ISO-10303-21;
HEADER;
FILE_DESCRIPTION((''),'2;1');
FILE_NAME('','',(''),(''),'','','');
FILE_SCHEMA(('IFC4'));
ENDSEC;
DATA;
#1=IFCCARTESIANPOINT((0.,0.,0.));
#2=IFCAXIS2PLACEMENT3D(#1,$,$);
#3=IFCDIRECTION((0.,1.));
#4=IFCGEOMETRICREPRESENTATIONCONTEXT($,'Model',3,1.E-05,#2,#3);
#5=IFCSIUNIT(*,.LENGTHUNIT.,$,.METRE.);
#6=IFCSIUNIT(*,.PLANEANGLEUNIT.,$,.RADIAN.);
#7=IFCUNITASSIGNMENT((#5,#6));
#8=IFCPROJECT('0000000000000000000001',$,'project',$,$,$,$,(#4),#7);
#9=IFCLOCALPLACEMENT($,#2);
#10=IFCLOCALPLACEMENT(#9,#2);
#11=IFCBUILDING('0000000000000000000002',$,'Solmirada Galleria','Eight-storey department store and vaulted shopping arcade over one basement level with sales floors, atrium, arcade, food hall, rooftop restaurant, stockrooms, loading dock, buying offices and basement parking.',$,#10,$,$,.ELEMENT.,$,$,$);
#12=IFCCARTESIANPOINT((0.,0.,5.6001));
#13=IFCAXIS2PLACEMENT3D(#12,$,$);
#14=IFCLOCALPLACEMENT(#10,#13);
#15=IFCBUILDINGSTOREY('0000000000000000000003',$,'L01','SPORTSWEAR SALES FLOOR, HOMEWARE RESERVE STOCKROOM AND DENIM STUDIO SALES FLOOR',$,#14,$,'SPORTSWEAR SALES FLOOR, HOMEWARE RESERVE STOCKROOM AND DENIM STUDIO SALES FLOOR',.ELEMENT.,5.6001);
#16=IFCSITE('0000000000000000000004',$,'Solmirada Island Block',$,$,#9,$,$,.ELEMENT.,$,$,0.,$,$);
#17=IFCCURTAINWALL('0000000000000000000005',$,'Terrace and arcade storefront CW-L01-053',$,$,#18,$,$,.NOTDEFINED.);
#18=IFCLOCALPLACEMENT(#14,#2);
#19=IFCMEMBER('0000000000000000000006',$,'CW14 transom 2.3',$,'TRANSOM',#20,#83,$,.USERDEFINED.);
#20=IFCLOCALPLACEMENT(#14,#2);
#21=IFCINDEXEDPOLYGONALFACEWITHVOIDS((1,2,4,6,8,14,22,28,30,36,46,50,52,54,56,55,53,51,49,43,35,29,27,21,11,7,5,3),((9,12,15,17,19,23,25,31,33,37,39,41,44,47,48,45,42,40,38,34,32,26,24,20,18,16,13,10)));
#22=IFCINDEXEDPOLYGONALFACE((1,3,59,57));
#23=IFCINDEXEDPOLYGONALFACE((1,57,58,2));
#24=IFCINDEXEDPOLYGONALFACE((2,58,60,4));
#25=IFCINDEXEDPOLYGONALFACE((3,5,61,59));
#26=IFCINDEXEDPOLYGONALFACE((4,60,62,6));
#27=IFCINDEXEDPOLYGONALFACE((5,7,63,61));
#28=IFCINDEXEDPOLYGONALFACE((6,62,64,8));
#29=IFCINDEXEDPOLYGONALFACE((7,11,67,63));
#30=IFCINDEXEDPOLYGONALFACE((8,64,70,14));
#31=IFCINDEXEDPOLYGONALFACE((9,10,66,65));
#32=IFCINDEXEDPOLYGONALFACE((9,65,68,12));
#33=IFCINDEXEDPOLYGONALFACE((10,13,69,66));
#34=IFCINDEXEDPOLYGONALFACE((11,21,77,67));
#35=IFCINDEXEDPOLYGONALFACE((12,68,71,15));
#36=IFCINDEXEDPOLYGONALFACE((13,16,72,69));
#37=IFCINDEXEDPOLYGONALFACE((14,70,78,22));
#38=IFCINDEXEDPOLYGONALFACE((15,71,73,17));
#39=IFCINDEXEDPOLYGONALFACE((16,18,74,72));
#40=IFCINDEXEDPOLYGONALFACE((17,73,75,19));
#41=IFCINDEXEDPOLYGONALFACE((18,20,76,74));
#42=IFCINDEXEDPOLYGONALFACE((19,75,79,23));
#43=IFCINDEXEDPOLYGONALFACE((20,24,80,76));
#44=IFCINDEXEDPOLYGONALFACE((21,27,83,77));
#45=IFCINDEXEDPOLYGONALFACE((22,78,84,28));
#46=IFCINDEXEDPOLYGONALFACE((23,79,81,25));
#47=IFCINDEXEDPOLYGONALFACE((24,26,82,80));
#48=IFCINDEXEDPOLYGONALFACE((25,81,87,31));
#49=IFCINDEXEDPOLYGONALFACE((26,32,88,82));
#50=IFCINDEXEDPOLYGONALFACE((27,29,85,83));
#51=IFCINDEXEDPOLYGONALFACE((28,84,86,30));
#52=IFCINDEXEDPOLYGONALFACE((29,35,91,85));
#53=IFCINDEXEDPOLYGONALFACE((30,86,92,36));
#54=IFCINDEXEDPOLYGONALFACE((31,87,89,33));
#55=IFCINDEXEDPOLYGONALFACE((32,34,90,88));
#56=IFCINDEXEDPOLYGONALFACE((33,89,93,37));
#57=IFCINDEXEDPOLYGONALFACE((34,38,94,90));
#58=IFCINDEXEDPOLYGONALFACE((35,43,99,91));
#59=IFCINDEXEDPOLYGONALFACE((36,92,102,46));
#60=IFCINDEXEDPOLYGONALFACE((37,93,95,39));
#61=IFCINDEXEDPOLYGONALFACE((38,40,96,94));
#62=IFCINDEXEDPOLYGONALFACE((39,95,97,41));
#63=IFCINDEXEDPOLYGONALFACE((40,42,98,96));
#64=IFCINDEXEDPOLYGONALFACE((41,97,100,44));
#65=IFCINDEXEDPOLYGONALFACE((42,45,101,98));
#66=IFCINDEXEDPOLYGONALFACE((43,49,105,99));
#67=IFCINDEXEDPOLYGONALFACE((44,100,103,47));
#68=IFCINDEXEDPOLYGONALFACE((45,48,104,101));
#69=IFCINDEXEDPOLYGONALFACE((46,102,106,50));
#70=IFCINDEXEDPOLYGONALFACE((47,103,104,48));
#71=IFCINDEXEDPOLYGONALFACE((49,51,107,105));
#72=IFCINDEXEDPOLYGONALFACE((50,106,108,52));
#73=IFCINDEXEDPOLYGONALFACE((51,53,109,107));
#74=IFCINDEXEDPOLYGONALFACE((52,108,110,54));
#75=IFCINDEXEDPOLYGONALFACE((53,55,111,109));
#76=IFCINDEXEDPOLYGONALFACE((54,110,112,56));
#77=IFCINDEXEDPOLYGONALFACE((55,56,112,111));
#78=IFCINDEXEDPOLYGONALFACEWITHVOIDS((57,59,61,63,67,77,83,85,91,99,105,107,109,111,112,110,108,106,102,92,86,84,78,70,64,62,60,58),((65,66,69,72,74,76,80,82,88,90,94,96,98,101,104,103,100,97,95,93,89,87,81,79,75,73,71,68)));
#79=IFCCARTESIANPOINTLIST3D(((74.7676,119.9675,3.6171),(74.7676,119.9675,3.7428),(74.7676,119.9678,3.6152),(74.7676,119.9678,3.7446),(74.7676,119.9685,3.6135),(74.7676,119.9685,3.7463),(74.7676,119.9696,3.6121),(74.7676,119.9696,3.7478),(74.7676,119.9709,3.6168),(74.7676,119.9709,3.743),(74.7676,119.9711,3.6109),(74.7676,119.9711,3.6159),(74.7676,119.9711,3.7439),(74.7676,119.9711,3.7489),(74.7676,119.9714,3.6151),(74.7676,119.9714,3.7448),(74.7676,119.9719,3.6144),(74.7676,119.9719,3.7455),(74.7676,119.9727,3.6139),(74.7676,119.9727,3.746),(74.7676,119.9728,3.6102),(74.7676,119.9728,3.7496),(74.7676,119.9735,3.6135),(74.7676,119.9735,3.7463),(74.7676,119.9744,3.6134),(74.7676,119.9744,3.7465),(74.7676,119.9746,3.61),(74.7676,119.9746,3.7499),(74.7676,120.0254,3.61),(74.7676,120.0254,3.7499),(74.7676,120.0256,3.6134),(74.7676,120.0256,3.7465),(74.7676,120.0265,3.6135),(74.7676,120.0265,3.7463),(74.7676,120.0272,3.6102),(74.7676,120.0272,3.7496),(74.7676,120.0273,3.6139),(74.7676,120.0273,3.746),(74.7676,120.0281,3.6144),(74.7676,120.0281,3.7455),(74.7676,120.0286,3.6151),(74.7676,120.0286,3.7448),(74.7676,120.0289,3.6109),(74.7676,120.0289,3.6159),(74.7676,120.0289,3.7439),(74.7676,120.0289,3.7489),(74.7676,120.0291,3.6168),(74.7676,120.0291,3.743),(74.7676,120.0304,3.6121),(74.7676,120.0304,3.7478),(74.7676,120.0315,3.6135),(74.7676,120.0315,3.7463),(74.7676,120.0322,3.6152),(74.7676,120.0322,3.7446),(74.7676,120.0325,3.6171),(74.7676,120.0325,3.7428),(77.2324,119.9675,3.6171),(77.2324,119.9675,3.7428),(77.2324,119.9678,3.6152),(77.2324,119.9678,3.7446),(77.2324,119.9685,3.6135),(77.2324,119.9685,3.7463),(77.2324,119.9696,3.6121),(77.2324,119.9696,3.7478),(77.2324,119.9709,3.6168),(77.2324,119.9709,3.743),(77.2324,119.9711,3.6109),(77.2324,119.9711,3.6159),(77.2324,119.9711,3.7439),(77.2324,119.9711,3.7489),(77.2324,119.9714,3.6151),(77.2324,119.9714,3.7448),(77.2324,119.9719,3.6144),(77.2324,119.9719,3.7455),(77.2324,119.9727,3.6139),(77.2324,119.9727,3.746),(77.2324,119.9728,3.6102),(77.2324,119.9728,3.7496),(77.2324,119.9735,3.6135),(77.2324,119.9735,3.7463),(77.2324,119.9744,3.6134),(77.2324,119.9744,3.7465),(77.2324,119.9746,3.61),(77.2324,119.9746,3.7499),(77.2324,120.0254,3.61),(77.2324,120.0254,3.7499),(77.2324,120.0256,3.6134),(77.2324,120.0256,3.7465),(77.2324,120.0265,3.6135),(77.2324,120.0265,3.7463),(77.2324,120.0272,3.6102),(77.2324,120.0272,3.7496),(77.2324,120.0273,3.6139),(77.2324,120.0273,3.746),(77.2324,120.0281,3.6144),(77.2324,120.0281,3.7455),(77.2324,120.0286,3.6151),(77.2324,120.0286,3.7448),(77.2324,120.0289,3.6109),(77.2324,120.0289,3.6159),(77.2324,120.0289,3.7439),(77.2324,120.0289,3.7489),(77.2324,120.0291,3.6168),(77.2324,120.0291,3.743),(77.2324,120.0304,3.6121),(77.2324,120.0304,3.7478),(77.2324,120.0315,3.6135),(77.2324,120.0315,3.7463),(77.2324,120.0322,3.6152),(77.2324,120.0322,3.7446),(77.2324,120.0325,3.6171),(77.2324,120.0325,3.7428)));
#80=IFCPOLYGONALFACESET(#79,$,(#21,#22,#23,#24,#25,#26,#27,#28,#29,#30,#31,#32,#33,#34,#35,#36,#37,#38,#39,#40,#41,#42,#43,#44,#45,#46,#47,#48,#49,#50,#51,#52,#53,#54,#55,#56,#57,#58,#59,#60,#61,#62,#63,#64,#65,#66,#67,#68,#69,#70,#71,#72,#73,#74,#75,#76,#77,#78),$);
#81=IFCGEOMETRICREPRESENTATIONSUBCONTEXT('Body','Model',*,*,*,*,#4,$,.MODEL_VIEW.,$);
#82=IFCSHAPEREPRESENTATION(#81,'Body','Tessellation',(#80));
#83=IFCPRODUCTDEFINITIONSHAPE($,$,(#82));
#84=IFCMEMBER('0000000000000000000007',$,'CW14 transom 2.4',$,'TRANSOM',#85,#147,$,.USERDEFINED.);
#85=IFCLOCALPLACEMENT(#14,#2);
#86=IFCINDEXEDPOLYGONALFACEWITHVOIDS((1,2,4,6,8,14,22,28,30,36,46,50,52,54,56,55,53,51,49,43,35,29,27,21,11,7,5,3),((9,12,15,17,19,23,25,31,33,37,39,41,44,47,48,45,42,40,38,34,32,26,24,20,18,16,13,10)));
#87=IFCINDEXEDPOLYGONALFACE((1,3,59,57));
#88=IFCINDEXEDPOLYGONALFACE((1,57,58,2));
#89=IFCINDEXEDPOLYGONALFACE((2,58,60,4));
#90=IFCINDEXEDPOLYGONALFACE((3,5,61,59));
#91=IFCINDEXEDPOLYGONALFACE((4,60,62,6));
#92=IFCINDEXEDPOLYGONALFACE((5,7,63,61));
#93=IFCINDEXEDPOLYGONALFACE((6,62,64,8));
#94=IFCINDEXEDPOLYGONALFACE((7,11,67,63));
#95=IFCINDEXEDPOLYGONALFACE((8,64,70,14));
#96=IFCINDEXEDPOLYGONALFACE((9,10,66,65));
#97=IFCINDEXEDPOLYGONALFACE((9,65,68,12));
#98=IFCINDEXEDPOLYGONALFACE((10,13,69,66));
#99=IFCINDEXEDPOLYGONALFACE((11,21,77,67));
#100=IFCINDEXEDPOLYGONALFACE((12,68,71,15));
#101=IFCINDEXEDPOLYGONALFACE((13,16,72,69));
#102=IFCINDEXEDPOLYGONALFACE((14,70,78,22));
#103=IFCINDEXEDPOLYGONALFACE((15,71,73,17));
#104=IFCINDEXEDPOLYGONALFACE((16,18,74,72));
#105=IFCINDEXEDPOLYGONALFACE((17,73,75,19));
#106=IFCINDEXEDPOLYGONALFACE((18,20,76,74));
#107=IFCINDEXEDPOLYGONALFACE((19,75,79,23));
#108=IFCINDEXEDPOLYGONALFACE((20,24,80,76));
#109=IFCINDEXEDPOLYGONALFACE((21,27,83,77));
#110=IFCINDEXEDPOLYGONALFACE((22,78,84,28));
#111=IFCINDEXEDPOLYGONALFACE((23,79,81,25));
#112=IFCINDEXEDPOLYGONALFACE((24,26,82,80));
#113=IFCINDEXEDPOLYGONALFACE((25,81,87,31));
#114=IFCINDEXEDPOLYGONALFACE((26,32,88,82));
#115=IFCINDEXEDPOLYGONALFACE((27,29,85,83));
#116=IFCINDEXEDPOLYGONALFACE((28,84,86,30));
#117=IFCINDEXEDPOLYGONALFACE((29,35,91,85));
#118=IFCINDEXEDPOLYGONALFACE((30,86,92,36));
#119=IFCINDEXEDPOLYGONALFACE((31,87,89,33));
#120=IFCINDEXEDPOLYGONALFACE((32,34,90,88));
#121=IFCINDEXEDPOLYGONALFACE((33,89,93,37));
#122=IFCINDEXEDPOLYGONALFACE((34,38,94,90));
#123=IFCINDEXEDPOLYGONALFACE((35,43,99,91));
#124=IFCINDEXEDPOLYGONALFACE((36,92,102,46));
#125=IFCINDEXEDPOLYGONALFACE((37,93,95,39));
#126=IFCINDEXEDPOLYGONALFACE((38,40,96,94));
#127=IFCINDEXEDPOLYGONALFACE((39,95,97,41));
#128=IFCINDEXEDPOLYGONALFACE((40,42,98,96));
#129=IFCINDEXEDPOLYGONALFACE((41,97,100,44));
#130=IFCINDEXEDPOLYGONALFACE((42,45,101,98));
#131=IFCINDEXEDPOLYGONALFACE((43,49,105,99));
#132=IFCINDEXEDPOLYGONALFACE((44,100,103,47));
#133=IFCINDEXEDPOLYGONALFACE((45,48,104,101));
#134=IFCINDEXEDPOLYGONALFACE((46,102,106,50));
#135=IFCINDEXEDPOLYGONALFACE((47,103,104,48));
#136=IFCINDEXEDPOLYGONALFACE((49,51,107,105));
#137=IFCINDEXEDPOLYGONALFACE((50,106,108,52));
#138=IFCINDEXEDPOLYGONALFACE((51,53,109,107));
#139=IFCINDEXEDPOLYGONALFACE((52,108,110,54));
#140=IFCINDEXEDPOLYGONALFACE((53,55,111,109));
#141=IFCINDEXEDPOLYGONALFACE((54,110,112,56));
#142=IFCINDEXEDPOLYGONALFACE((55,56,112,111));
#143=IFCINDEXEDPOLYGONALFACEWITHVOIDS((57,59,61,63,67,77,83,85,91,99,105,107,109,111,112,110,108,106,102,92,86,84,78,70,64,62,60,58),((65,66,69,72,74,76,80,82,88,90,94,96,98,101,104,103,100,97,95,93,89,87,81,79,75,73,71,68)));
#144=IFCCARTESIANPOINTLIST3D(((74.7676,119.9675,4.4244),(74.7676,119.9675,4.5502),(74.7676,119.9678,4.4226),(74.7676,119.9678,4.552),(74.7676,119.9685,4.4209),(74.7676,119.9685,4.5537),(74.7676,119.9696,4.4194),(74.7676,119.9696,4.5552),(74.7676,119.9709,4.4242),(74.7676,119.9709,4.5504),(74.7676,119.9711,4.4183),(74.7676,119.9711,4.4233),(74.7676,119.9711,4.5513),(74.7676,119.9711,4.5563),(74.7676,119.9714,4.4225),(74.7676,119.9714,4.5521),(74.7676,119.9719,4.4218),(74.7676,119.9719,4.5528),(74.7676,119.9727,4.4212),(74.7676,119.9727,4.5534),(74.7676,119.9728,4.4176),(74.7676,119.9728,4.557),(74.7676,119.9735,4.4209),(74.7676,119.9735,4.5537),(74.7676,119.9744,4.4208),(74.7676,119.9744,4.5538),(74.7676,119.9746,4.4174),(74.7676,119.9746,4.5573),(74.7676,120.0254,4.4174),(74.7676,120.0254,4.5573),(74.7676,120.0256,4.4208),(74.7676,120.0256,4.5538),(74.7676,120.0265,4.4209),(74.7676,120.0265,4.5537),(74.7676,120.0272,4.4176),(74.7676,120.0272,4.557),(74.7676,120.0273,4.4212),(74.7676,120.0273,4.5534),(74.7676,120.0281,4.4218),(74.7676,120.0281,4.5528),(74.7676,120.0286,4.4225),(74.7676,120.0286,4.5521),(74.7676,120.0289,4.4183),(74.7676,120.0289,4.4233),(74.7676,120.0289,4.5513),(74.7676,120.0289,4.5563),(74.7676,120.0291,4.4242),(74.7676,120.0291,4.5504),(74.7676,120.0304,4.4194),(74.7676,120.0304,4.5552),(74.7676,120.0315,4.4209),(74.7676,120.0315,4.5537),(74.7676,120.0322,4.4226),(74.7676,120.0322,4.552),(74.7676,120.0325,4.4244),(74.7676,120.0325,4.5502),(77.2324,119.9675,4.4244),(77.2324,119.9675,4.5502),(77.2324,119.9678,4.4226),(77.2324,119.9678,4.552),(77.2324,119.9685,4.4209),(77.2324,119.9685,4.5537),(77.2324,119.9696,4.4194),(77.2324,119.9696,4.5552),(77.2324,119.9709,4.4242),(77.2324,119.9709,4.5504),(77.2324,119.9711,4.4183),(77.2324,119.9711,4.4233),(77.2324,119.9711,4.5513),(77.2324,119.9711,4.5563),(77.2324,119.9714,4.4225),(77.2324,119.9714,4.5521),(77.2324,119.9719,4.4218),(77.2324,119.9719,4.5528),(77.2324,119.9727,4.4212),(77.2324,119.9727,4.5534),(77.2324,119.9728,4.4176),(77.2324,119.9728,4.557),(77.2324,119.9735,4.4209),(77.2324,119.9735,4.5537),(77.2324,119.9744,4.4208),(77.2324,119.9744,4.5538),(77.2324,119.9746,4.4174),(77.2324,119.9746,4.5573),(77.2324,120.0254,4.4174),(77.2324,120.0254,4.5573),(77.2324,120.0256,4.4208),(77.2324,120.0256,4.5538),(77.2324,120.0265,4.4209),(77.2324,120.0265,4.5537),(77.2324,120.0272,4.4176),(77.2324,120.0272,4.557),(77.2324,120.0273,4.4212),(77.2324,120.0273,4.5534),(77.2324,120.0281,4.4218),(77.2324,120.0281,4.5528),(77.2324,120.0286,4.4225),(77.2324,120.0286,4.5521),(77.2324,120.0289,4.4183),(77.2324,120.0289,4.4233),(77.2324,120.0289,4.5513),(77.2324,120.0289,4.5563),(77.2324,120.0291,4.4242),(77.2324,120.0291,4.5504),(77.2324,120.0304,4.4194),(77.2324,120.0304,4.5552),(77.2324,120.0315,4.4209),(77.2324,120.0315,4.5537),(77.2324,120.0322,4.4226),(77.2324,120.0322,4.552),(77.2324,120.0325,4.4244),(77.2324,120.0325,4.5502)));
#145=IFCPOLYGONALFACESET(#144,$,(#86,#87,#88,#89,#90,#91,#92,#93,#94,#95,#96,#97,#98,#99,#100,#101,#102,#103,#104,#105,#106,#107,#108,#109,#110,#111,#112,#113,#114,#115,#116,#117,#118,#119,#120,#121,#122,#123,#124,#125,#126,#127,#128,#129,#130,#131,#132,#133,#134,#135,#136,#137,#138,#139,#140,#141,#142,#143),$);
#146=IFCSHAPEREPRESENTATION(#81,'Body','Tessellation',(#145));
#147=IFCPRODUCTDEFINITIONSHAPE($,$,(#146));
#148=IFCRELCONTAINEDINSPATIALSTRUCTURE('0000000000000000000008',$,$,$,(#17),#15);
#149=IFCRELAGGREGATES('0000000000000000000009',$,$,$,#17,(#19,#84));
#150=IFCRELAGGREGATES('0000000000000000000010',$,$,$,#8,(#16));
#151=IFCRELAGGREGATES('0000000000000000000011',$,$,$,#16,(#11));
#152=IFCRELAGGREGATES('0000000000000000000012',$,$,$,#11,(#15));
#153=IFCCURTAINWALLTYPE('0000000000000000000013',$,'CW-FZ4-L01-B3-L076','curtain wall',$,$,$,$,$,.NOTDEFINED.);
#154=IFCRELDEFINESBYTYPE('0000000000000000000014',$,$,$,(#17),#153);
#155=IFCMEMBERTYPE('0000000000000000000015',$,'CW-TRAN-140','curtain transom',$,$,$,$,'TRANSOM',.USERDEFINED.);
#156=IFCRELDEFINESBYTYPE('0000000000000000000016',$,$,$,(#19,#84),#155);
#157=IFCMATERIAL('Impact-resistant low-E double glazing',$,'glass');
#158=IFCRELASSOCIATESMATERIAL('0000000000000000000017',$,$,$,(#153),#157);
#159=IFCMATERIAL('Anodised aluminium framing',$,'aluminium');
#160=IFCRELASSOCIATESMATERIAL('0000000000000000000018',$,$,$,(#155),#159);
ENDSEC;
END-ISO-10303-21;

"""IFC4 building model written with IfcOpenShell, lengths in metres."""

from ifc_helpers import new_model, si_unit, direction, frame, origin, origin_2d, place, context, subcontext, project, spatial, hollow_rectangle, extrude, material, material_profile, profile_set, type_object, element, aggregate, save


model = new_model("IFC4")

# Units and contexts
model_context = context("Model", 3, precision=1e-05, world=origin(), true_north=direction((0.0, 1.0)))
body_context = subcontext(model_context, "Body", "Model", "MODEL_VIEW")
ifc_project = project(units=[si_unit("LENGTHUNIT", "METRE"), si_unit("PLANEANGLEUNIT", "RADIAN")], contexts=[model_context])

# Site, building, storey
site_placement = place(None, origin())
site = spatial("IfcSite", under=ifc_project, at=site_placement, Name="Solmirada Island Block", CompositionType="ELEMENT", RefElevation=0.0)
building_placement = place(site_placement, origin())
building = spatial("IfcBuilding", under=site, at=building_placement, Name="Solmirada Galleria", Description="Eight-storey department store and vaulted shopping arcade over one basement level with sales floors, atrium, arcade, food hall, rooftop restaurant, stockrooms, loading dock, buying offices and basement parking.", CompositionType="ELEMENT")
storey_placement = place(building_placement, frame((0.0, 0.0, 5.6001)))
storey = spatial("IfcBuildingStorey", under=building, at=storey_placement, Name="L01", Description="SPORTSWEAR SALES FLOOR, HOMEWARE RESERVE STOCKROOM AND DENIM STUDIO SALES FLOOR", LongName="SPORTSWEAR SALES FLOOR, HOMEWARE RESERVE STOCKROOM AND DENIM STUDIO SALES FLOOR", CompositionType="ELEMENT", Elevation=5.6001)

# Curtain wall, members
ifc_material_1 = material(Name="Impact-resistant low-E double glazing", Category="glass")
curtain_wall_type = type_object("IfcCurtainWallType", Name="CW-FZ4-L01-B3-L076", Description="curtain wall", PredefinedType="NOTDEFINED", material=ifc_material_1)
curtain_wall_placement = place(storey_placement, origin())
curtain_wall = element("IfcCurtainWall", 1, at=curtain_wall_placement, inside=storey, type_object=curtain_wall_type, Name="Terrace and arcade storefront CW-L01-053", PredefinedType="NOTDEFINED")
ifc_material_2 = material(Name="Anodised aluminium framing", Category="aluminium")
ifc_material_profile_1 = material_profile(ifc_material_2, hollow_rectangle(XDim=0.0649, YDim=0.1399, WallThickness=0.0034, InnerFilletRadius=0.0034, OuterFilletRadius=0.0071, at=origin_2d()), Name="ALU-TRAN-140X65")
ifc_profile_set_1 = profile_set([ifc_material_profile_1], Name="Anodised aluminium framing")
member_type_1 = type_object("IfcMemberType", Name="CW-TRAN-140", Description="curtain transom", ElementType="TRANSOM", PredefinedType="USERDEFINED", material=ifc_profile_set_1)
member_1_placement = place(storey_placement, frame((74.7676, 120.0, 3.6799), z_axis=(1.0, 0.0, 0.0), x_axis=(0.0, 1.0, 0.0)))
member_1 = element("IfcMember", 2, at=member_1_placement, type_object=member_type_1, Name="CW14 transom 2.3", ObjectType="TRANSOM", PredefinedType="USERDEFINED", context=body_context, shape_type="SweptSolid", body=[
    extrude(hollow_rectangle(XDim=0.0649, YDim=0.1399, WallThickness=0.0034, InnerFilletRadius=0.0034, OuterFilletRadius=0.0071, at=origin_2d()), origin(), (0.0, 0.0, 1.0), 2.4648),
])
member_2_placement = place(storey_placement, frame((74.7676, 120.0, 4.4873), z_axis=(1.0, 0.0, 0.0), x_axis=(0.0, 1.0, 0.0)))
member_2 = element("IfcMember", 3, at=member_2_placement, type_object=member_type_1, Name="CW14 transom 2.4", ObjectType="TRANSOM", PredefinedType="USERDEFINED", context=body_context, shape_type="SweptSolid", body=[
    extrude(hollow_rectangle(XDim=0.0649, YDim=0.1399, WallThickness=0.0034, InnerFilletRadius=0.0034, OuterFilletRadius=0.0071, at=origin_2d()), origin(), (0.0, 0.0, 1.0), 2.4648),
])

aggregate(curtain_wall, [member_1, member_2])

save(model, "model.ifc")
